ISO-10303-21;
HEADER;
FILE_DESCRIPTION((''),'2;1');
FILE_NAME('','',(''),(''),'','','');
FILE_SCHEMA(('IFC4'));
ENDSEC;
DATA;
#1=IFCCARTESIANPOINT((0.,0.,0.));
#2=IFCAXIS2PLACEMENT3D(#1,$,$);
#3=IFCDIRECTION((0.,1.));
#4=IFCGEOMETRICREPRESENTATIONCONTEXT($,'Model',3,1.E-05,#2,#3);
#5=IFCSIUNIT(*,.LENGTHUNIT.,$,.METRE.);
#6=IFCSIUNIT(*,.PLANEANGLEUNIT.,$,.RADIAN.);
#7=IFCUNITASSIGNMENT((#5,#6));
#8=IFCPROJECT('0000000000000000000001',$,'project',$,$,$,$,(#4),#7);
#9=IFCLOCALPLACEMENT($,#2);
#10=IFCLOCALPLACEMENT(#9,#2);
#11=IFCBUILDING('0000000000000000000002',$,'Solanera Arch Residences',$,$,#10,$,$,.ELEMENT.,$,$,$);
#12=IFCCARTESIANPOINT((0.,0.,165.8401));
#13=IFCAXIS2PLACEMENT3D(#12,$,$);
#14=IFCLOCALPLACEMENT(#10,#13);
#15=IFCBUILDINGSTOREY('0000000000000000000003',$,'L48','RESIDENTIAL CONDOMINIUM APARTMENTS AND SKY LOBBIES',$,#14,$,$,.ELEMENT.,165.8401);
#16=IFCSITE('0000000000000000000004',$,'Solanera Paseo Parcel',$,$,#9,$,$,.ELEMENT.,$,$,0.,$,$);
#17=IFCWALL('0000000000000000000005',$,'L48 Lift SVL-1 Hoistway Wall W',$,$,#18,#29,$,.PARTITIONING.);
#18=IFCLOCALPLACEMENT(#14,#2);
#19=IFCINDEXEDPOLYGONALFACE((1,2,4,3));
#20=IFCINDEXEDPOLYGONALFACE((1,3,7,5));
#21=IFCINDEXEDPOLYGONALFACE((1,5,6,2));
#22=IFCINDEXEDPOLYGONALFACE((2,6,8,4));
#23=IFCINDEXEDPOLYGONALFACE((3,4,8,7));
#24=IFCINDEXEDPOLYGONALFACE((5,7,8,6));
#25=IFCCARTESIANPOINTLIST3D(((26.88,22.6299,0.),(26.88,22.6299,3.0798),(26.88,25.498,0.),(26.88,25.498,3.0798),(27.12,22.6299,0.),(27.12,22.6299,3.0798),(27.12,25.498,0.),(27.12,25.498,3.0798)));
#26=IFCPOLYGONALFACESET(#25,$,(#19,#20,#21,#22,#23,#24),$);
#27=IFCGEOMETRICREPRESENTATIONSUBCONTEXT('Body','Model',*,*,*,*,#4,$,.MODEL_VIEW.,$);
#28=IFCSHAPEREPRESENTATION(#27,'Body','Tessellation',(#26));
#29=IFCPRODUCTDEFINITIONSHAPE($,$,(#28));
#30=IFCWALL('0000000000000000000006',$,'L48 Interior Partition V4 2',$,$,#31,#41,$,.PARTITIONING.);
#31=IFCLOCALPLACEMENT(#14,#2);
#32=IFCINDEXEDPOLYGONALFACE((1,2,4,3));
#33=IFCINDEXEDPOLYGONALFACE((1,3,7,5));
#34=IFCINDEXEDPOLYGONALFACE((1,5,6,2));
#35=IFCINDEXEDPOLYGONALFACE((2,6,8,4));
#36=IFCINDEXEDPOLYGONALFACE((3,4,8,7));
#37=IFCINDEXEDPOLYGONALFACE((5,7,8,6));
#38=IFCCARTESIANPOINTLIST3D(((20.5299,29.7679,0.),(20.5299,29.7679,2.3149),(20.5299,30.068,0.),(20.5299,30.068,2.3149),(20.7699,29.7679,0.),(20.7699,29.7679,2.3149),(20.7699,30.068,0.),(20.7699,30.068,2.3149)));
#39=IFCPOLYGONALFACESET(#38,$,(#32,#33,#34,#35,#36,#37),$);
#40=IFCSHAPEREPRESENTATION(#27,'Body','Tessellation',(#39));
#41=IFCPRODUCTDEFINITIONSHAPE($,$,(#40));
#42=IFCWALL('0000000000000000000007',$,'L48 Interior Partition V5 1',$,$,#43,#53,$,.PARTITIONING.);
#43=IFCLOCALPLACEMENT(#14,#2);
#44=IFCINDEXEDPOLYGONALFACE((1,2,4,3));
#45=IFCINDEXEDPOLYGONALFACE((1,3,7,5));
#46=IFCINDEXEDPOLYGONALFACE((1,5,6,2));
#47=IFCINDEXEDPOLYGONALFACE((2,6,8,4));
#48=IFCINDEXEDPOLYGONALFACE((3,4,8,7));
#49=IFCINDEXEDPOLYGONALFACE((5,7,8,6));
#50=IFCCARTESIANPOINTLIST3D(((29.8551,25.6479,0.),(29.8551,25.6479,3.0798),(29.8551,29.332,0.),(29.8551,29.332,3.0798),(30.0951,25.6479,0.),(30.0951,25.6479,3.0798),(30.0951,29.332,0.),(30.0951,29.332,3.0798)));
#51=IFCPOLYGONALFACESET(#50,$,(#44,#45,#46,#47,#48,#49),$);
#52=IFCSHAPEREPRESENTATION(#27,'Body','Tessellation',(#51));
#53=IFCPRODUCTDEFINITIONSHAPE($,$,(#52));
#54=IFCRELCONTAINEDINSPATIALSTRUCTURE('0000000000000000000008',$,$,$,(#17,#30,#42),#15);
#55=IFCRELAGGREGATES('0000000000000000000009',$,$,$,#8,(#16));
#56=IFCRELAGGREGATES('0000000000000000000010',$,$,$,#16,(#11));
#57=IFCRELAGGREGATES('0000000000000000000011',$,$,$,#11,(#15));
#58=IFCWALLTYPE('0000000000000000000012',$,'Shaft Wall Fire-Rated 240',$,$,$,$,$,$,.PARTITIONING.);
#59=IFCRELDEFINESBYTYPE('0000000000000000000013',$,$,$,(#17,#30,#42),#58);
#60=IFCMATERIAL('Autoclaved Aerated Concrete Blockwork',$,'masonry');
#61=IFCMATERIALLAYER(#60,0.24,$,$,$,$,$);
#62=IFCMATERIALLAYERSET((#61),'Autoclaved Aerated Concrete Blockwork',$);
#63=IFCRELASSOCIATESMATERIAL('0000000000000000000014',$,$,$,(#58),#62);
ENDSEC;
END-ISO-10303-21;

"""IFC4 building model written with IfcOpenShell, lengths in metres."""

from ifc_helpers import new_model, si_unit, direction, frame, frame_2d, origin, place, context, subcontext, project, spatial, rectangle, extrude, material, layer, layer_set, type_object, element, save


model = new_model("IFC4")

# Units and contexts
model_context = context("Model", 3, precision=1e-05, world=origin(), true_north=direction((0.0, 1.0)))
body_context = subcontext(model_context, "Body", "Model", "MODEL_VIEW")
ifc_project = project(units=[si_unit("LENGTHUNIT", "METRE"), si_unit("PLANEANGLEUNIT", "RADIAN")], contexts=[model_context])

# Site, building, storey
site_placement = place(None, origin())
site = spatial("IfcSite", under=ifc_project, at=site_placement, Name="Solanera Paseo Parcel", CompositionType="ELEMENT", RefElevation=0.0)
building_placement = place(site_placement, origin())
building = spatial("IfcBuilding", under=site, at=building_placement, Name="Solanera Arch Residences", CompositionType="ELEMENT")
storey_placement = place(building_placement, frame((0.0, 0.0, 165.8401)))
storey = spatial("IfcBuildingStorey", under=building, at=storey_placement, Name="L48", Description="RESIDENTIAL CONDOMINIUM APARTMENTS AND SKY LOBBIES", CompositionType="ELEMENT", Elevation=165.8401)

# Walls
ifc_material_1 = material(Name="Autoclaved Aerated Concrete Blockwork", Category="masonry")
ifc_layer_1 = layer(ifc_material_1, 0.24)
ifc_layer_set_1 = layer_set([ifc_layer_1], Name="Autoclaved Aerated Concrete Blockwork")
wall_type_1 = type_object("IfcWallType", Name="Shaft Wall Fire-Rated 240", PredefinedType="PARTITIONING", material=ifc_layer_set_1)
wall_1_placement = place(storey_placement, frame((27.0, 22.6299, 0.0), z_axis=(0.0, 0.0, 1.0), x_axis=(0.0, 1.0, 0.0)))
element("IfcWall", 1, at=wall_1_placement, inside=storey, type_object=wall_type_1, Name="L48 Lift SVL-1 Hoistway Wall W", PredefinedType="PARTITIONING", context=body_context, shape_type="SweptSolid", body=[
    extrude(rectangle(XDim=2.8682, YDim=0.24, at=frame_2d((1.4341, 0.0))), origin(), (0.0, 0.0, 1.0), 3.0798),
])
wall_2_placement = place(storey_placement, frame((20.6499, 29.7681, 0.0), z_axis=(0.0, 0.0, 1.0), x_axis=(0.0, 1.0, 0.0)))
element("IfcWall", 2, at=wall_2_placement, inside=storey, type_object=wall_type_1, Name="L48 Interior Partition V4 2", PredefinedType="PARTITIONING", context=body_context, shape_type="SweptSolid", body=[
    extrude(rectangle(XDim=0.3, YDim=0.24, at=frame_2d((0.1499, 0.0))), origin(), (0.0, 0.0, 1.0), 2.3149),
])
wall_3_placement = place(storey_placement, frame((29.9751, 25.6479, 0.0), z_axis=(0.0, 0.0, 1.0), x_axis=(0.0, 1.0, 0.0)))
element("IfcWall", 3, at=wall_3_placement, inside=storey, type_object=wall_type_1, Name="L48 Interior Partition V5 1", PredefinedType="PARTITIONING", context=body_context, shape_type="SweptSolid", body=[
    extrude(rectangle(XDim=3.6841, YDim=0.24, at=frame_2d((1.842, 0.0))), origin(), (0.0, 0.0, 1.0), 3.0798),
])

save(model, "model.ifc")
